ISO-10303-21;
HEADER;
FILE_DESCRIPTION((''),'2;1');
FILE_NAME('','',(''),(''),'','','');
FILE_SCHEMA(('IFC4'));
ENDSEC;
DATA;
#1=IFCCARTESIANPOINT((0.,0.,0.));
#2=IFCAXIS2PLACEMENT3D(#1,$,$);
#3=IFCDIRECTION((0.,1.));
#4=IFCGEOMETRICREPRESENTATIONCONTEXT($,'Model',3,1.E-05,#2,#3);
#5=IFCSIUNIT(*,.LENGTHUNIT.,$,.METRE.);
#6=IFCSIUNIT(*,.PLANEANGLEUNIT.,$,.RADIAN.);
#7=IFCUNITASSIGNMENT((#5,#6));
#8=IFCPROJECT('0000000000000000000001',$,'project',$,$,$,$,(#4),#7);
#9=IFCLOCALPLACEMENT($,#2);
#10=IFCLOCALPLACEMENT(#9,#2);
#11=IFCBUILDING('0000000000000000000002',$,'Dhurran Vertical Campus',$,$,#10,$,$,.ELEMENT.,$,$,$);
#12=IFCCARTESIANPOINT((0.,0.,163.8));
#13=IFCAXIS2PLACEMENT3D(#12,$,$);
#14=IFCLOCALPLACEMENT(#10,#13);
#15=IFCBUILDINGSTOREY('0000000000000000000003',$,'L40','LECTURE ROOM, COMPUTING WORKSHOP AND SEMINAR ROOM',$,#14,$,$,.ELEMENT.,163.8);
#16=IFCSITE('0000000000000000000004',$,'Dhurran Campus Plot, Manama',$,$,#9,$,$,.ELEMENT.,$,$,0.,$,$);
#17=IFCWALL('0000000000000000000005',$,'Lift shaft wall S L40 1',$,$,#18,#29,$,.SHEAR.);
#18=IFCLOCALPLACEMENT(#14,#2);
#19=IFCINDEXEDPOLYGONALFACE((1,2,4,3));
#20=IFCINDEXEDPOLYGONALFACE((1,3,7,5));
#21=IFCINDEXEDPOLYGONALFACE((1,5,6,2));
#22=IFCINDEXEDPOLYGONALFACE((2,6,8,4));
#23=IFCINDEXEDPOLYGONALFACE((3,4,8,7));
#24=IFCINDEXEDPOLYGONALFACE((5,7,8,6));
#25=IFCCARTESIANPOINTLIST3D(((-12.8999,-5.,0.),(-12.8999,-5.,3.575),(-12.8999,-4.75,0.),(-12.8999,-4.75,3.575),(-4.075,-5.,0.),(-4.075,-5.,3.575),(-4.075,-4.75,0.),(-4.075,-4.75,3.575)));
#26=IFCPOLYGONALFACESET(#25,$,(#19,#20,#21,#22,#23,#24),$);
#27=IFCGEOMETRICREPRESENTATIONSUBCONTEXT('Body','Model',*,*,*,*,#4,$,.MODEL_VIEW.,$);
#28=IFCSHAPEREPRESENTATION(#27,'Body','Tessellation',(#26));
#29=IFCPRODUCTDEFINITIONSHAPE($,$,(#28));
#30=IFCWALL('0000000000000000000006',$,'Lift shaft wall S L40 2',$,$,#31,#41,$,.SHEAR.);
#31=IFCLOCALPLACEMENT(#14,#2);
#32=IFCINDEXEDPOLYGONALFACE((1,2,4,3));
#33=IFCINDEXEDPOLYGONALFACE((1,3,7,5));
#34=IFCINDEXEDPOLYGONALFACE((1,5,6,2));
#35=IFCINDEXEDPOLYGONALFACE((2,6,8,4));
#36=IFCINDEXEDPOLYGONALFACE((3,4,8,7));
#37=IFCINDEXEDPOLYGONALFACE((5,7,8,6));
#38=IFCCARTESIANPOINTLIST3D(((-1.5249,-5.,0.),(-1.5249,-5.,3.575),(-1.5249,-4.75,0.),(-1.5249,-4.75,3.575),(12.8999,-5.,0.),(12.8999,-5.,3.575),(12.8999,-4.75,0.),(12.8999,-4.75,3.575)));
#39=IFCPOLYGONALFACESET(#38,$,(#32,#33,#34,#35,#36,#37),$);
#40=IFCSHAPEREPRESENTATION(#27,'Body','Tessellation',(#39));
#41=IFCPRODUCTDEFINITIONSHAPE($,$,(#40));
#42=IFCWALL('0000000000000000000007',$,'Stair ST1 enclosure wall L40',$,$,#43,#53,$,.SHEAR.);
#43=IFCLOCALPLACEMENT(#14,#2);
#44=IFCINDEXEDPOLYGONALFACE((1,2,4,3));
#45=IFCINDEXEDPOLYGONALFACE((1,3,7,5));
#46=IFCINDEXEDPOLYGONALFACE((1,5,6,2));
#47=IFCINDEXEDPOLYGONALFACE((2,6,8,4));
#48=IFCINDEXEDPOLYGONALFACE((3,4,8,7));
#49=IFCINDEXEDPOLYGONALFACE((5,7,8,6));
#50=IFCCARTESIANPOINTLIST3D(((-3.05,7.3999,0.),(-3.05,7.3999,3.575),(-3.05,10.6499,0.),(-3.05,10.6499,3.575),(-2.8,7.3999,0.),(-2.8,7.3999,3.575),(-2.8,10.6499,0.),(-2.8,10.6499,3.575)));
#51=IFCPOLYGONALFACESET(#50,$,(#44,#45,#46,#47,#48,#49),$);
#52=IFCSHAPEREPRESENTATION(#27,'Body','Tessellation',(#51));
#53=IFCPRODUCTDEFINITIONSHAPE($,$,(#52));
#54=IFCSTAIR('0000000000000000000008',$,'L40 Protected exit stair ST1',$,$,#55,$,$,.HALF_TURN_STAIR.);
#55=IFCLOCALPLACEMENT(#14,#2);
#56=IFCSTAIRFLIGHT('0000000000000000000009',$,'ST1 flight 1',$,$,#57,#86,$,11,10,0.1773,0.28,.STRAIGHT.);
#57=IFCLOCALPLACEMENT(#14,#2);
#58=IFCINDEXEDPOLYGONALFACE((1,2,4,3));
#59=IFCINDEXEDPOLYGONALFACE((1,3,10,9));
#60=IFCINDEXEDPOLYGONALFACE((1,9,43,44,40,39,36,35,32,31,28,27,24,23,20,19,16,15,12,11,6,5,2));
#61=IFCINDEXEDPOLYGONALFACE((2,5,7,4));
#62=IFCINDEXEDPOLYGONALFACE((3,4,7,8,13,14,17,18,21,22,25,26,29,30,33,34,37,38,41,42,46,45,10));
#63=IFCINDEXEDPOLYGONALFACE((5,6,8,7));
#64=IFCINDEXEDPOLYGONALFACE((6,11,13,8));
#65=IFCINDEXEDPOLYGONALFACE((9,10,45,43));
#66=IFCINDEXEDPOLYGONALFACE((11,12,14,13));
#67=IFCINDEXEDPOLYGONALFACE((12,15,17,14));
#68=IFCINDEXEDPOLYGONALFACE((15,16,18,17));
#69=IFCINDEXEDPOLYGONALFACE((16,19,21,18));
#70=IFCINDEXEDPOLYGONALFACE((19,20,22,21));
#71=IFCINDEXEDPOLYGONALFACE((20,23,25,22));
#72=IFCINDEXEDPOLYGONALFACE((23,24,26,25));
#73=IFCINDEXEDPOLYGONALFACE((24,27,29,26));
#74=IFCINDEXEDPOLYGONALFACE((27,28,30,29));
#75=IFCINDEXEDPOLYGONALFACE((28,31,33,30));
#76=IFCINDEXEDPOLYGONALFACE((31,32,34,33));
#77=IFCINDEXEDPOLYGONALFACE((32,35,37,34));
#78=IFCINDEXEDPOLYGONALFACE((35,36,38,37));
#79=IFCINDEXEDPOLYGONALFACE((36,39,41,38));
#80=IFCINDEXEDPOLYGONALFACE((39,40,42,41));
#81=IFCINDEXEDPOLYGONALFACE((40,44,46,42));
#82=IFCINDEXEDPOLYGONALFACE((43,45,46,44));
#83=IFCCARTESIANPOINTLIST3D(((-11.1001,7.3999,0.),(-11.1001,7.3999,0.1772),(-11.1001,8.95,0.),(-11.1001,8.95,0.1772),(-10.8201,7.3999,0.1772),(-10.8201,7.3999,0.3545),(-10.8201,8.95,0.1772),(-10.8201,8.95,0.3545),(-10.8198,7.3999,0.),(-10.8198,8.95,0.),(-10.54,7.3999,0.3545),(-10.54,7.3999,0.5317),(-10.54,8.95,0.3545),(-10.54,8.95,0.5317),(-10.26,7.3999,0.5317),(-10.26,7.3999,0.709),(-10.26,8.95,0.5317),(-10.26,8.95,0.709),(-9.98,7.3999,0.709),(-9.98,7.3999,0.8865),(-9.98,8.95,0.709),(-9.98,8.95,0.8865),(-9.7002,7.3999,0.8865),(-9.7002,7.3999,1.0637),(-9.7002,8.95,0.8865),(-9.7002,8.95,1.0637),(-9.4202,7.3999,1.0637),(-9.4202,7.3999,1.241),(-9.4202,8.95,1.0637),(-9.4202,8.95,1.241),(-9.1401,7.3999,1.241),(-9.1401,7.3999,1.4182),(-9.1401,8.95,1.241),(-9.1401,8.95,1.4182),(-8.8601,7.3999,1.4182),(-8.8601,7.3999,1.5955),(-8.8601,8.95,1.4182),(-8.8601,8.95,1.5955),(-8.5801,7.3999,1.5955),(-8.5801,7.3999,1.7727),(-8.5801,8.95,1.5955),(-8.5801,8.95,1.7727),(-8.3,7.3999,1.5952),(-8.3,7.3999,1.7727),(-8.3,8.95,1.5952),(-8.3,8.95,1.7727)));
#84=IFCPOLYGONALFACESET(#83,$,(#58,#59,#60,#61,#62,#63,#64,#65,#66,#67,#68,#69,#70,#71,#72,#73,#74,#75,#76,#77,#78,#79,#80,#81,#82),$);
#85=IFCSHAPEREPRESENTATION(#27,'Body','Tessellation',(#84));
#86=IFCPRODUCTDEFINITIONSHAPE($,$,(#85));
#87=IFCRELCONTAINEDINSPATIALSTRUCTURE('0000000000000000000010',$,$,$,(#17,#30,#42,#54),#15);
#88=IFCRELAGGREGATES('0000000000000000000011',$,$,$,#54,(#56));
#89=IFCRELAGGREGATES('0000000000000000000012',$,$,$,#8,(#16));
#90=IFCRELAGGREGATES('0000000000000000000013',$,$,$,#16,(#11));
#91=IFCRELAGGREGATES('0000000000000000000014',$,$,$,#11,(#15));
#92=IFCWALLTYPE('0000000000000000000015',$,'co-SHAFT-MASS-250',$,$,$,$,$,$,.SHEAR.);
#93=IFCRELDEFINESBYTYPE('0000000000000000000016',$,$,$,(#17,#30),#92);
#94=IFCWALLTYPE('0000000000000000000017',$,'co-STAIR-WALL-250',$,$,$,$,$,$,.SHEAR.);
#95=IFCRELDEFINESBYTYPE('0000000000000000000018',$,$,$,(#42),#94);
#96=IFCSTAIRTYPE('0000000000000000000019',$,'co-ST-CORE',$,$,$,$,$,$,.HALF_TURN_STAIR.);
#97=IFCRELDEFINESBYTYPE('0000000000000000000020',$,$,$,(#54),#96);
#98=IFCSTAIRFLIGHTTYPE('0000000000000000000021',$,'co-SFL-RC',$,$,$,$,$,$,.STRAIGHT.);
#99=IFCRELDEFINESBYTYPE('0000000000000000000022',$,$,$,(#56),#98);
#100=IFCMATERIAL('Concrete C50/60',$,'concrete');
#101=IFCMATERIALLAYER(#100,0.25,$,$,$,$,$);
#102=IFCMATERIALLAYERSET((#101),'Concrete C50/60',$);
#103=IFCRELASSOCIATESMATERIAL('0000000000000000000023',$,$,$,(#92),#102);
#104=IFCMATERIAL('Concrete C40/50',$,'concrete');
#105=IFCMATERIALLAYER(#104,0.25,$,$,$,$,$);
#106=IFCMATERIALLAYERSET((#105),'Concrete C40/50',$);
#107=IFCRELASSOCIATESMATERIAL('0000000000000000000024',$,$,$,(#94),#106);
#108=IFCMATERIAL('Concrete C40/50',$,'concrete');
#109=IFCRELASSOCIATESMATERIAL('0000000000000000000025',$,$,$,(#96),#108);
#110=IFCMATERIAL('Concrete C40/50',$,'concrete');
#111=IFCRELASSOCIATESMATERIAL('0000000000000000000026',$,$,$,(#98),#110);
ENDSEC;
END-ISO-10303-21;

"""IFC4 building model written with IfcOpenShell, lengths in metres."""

from ifc_helpers import new_model, si_unit, direction, frame, frame_2d, origin, place, context, subcontext, project, spatial, polyline, rectangle, outline, extrude, material, layer, layer_set, type_object, element, aggregate, save


model = new_model("IFC4")

# Units and contexts
model_context = context("Model", 3, precision=1e-05, world=origin(), true_north=direction((0.0, 1.0)))
body_context = subcontext(model_context, "Body", "Model", "MODEL_VIEW")
ifc_project = project(units=[si_unit("LENGTHUNIT", "METRE"), si_unit("PLANEANGLEUNIT", "RADIAN")], contexts=[model_context])

# Site, building, storey
site_placement = place(None, origin())
site = spatial("IfcSite", under=ifc_project, at=site_placement, Name="Dhurran Campus Plot, Manama", CompositionType="ELEMENT", RefElevation=0.0)
building_placement = place(site_placement, origin())
building = spatial("IfcBuilding", under=site, at=building_placement, Name="Dhurran Vertical Campus", CompositionType="ELEMENT")
storey_placement = place(building_placement, frame((0.0, 0.0, 163.8)))
storey = spatial("IfcBuildingStorey", under=building, at=storey_placement, Name="L40", Description="LECTURE ROOM, COMPUTING WORKSHOP AND SEMINAR ROOM", CompositionType="ELEMENT", Elevation=163.8)

# Walls
ifc_material_1 = material(Name="Concrete C50/60", Category="concrete")
ifc_layer_1 = layer(ifc_material_1, 0.25)
ifc_layer_set_1 = layer_set([ifc_layer_1], Name="Concrete C50/60")
wall_type_1 = type_object("IfcWallType", Name="co-SHAFT-MASS-250", PredefinedType="SHEAR", material=ifc_layer_set_1)
wall_1_placement = place(storey_placement, origin())
element("IfcWall", 1, at=wall_1_placement, inside=storey, type_object=wall_type_1, Name="Lift shaft wall S L40 1", PredefinedType="SHEAR", context=body_context, shape_type="SweptSolid", body=[
    extrude(outline(polyline([(-12.8999, -5.0), (-4.075, -5.0), (-4.075, -4.75), (-12.8999, -4.75), (-12.8999, -5.0)])), origin(), (0.0, 0.0, 1.0), 3.575),
])
wall_2_placement = place(storey_placement, origin())
element("IfcWall", 2, at=wall_2_placement, inside=storey, type_object=wall_type_1, Name="Lift shaft wall S L40 2", PredefinedType="SHEAR", context=body_context, shape_type="SweptSolid", body=[
    extrude(outline(polyline([(-1.5249, -5.0), (12.8999, -5.0), (12.8999, -4.75), (-1.5249, -4.75), (-1.5249, -5.0)])), origin(), (0.0, 0.0, 1.0), 3.575),
])
ifc_material_2 = material(Name="Concrete C40/50", Category="concrete")
ifc_layer_2 = layer(ifc_material_2, 0.25)
ifc_layer_set_2 = layer_set([ifc_layer_2], Name="Concrete C40/50")
wall_type_2 = type_object("IfcWallType", Name="co-STAIR-WALL-250", PredefinedType="SHEAR", material=ifc_layer_set_2)
wall_3_placement = place(storey_placement, frame((-2.925, 7.3999, 0.0), z_axis=(0.0, 0.0, 1.0), x_axis=(0.0, 1.0, 0.0)))
element("IfcWall", 3, at=wall_3_placement, inside=storey, type_object=wall_type_2, Name="Stair ST1 enclosure wall L40", PredefinedType="SHEAR", context=body_context, shape_type="SweptSolid", body=[
    extrude(rectangle(XDim=3.25, YDim=0.25, at=frame_2d((1.625, 0.0))), origin(), (0.0, 0.0, 1.0), 3.575),
])

# Stair, stair flight
ifc_material_3 = material(Name="Concrete C40/50", Category="concrete")
stair_type = type_object("IfcStairType", Name="co-ST-CORE", PredefinedType="HALF_TURN_STAIR", material=ifc_material_3)
stair_placement = place(storey_placement, origin())
stair = element("IfcStair", 4, at=stair_placement, inside=storey, type_object=stair_type, Name="L40 Protected exit stair ST1", PredefinedType="HALF_TURN_STAIR")
ifc_material_4 = material(Name="Concrete C40/50", Category="concrete")
stair_flight_type = type_object("IfcStairFlightType", Name="co-SFL-RC", PredefinedType="STRAIGHT", material=ifc_material_4)
stair_flight_placement = place(storey_placement, frame((-11.1001, 8.175, 0.0), z_axis=(0.0, 0.0, 1.0), x_axis=(1.0, 0.0, 0.0)))
stair_flight = element("IfcStairFlight", 5, at=stair_flight_placement, type_object=stair_flight_type, Name="ST1 flight 1", NumberOfRisers=11, NumberOfTreads=10, PredefinedType="STRAIGHT", RiserHeight=0.1773, TreadLength=0.28, context=body_context, shape_type="SweptSolid", body=[
    extrude(outline(polyline([(0.0, 0.0), (0.0, 0.1772), (0.28, 0.1772), (0.28, 0.3545), (0.5601, 0.3545), (0.5601, 0.5317), (0.8401, 0.5317), (0.8401, 0.709), (1.1201, 0.709), (1.1201, 0.8865), (1.3999, 0.8865), (1.3999, 1.0637), (1.6799, 1.0637), (1.6799, 1.241), (1.96, 1.241), (1.96, 1.4182), (2.24, 1.4182), (2.24, 1.5955), (2.52, 1.5955), (2.52, 1.7727), (2.8, 1.7727), (2.8, 1.95), (2.8, 1.5952), (0.2803, 0.0), (0.0, 0.0)])), frame((0.0, 0.7749, 0.0), z_axis=(0.0, -1.0, 0.0), x_axis=(1.0, 0.0, 0.0)), (0.0, 0.0, 1.0), 1.55),
])
aggregate(stair, [stair_flight])

save(model, "model.ifc")
